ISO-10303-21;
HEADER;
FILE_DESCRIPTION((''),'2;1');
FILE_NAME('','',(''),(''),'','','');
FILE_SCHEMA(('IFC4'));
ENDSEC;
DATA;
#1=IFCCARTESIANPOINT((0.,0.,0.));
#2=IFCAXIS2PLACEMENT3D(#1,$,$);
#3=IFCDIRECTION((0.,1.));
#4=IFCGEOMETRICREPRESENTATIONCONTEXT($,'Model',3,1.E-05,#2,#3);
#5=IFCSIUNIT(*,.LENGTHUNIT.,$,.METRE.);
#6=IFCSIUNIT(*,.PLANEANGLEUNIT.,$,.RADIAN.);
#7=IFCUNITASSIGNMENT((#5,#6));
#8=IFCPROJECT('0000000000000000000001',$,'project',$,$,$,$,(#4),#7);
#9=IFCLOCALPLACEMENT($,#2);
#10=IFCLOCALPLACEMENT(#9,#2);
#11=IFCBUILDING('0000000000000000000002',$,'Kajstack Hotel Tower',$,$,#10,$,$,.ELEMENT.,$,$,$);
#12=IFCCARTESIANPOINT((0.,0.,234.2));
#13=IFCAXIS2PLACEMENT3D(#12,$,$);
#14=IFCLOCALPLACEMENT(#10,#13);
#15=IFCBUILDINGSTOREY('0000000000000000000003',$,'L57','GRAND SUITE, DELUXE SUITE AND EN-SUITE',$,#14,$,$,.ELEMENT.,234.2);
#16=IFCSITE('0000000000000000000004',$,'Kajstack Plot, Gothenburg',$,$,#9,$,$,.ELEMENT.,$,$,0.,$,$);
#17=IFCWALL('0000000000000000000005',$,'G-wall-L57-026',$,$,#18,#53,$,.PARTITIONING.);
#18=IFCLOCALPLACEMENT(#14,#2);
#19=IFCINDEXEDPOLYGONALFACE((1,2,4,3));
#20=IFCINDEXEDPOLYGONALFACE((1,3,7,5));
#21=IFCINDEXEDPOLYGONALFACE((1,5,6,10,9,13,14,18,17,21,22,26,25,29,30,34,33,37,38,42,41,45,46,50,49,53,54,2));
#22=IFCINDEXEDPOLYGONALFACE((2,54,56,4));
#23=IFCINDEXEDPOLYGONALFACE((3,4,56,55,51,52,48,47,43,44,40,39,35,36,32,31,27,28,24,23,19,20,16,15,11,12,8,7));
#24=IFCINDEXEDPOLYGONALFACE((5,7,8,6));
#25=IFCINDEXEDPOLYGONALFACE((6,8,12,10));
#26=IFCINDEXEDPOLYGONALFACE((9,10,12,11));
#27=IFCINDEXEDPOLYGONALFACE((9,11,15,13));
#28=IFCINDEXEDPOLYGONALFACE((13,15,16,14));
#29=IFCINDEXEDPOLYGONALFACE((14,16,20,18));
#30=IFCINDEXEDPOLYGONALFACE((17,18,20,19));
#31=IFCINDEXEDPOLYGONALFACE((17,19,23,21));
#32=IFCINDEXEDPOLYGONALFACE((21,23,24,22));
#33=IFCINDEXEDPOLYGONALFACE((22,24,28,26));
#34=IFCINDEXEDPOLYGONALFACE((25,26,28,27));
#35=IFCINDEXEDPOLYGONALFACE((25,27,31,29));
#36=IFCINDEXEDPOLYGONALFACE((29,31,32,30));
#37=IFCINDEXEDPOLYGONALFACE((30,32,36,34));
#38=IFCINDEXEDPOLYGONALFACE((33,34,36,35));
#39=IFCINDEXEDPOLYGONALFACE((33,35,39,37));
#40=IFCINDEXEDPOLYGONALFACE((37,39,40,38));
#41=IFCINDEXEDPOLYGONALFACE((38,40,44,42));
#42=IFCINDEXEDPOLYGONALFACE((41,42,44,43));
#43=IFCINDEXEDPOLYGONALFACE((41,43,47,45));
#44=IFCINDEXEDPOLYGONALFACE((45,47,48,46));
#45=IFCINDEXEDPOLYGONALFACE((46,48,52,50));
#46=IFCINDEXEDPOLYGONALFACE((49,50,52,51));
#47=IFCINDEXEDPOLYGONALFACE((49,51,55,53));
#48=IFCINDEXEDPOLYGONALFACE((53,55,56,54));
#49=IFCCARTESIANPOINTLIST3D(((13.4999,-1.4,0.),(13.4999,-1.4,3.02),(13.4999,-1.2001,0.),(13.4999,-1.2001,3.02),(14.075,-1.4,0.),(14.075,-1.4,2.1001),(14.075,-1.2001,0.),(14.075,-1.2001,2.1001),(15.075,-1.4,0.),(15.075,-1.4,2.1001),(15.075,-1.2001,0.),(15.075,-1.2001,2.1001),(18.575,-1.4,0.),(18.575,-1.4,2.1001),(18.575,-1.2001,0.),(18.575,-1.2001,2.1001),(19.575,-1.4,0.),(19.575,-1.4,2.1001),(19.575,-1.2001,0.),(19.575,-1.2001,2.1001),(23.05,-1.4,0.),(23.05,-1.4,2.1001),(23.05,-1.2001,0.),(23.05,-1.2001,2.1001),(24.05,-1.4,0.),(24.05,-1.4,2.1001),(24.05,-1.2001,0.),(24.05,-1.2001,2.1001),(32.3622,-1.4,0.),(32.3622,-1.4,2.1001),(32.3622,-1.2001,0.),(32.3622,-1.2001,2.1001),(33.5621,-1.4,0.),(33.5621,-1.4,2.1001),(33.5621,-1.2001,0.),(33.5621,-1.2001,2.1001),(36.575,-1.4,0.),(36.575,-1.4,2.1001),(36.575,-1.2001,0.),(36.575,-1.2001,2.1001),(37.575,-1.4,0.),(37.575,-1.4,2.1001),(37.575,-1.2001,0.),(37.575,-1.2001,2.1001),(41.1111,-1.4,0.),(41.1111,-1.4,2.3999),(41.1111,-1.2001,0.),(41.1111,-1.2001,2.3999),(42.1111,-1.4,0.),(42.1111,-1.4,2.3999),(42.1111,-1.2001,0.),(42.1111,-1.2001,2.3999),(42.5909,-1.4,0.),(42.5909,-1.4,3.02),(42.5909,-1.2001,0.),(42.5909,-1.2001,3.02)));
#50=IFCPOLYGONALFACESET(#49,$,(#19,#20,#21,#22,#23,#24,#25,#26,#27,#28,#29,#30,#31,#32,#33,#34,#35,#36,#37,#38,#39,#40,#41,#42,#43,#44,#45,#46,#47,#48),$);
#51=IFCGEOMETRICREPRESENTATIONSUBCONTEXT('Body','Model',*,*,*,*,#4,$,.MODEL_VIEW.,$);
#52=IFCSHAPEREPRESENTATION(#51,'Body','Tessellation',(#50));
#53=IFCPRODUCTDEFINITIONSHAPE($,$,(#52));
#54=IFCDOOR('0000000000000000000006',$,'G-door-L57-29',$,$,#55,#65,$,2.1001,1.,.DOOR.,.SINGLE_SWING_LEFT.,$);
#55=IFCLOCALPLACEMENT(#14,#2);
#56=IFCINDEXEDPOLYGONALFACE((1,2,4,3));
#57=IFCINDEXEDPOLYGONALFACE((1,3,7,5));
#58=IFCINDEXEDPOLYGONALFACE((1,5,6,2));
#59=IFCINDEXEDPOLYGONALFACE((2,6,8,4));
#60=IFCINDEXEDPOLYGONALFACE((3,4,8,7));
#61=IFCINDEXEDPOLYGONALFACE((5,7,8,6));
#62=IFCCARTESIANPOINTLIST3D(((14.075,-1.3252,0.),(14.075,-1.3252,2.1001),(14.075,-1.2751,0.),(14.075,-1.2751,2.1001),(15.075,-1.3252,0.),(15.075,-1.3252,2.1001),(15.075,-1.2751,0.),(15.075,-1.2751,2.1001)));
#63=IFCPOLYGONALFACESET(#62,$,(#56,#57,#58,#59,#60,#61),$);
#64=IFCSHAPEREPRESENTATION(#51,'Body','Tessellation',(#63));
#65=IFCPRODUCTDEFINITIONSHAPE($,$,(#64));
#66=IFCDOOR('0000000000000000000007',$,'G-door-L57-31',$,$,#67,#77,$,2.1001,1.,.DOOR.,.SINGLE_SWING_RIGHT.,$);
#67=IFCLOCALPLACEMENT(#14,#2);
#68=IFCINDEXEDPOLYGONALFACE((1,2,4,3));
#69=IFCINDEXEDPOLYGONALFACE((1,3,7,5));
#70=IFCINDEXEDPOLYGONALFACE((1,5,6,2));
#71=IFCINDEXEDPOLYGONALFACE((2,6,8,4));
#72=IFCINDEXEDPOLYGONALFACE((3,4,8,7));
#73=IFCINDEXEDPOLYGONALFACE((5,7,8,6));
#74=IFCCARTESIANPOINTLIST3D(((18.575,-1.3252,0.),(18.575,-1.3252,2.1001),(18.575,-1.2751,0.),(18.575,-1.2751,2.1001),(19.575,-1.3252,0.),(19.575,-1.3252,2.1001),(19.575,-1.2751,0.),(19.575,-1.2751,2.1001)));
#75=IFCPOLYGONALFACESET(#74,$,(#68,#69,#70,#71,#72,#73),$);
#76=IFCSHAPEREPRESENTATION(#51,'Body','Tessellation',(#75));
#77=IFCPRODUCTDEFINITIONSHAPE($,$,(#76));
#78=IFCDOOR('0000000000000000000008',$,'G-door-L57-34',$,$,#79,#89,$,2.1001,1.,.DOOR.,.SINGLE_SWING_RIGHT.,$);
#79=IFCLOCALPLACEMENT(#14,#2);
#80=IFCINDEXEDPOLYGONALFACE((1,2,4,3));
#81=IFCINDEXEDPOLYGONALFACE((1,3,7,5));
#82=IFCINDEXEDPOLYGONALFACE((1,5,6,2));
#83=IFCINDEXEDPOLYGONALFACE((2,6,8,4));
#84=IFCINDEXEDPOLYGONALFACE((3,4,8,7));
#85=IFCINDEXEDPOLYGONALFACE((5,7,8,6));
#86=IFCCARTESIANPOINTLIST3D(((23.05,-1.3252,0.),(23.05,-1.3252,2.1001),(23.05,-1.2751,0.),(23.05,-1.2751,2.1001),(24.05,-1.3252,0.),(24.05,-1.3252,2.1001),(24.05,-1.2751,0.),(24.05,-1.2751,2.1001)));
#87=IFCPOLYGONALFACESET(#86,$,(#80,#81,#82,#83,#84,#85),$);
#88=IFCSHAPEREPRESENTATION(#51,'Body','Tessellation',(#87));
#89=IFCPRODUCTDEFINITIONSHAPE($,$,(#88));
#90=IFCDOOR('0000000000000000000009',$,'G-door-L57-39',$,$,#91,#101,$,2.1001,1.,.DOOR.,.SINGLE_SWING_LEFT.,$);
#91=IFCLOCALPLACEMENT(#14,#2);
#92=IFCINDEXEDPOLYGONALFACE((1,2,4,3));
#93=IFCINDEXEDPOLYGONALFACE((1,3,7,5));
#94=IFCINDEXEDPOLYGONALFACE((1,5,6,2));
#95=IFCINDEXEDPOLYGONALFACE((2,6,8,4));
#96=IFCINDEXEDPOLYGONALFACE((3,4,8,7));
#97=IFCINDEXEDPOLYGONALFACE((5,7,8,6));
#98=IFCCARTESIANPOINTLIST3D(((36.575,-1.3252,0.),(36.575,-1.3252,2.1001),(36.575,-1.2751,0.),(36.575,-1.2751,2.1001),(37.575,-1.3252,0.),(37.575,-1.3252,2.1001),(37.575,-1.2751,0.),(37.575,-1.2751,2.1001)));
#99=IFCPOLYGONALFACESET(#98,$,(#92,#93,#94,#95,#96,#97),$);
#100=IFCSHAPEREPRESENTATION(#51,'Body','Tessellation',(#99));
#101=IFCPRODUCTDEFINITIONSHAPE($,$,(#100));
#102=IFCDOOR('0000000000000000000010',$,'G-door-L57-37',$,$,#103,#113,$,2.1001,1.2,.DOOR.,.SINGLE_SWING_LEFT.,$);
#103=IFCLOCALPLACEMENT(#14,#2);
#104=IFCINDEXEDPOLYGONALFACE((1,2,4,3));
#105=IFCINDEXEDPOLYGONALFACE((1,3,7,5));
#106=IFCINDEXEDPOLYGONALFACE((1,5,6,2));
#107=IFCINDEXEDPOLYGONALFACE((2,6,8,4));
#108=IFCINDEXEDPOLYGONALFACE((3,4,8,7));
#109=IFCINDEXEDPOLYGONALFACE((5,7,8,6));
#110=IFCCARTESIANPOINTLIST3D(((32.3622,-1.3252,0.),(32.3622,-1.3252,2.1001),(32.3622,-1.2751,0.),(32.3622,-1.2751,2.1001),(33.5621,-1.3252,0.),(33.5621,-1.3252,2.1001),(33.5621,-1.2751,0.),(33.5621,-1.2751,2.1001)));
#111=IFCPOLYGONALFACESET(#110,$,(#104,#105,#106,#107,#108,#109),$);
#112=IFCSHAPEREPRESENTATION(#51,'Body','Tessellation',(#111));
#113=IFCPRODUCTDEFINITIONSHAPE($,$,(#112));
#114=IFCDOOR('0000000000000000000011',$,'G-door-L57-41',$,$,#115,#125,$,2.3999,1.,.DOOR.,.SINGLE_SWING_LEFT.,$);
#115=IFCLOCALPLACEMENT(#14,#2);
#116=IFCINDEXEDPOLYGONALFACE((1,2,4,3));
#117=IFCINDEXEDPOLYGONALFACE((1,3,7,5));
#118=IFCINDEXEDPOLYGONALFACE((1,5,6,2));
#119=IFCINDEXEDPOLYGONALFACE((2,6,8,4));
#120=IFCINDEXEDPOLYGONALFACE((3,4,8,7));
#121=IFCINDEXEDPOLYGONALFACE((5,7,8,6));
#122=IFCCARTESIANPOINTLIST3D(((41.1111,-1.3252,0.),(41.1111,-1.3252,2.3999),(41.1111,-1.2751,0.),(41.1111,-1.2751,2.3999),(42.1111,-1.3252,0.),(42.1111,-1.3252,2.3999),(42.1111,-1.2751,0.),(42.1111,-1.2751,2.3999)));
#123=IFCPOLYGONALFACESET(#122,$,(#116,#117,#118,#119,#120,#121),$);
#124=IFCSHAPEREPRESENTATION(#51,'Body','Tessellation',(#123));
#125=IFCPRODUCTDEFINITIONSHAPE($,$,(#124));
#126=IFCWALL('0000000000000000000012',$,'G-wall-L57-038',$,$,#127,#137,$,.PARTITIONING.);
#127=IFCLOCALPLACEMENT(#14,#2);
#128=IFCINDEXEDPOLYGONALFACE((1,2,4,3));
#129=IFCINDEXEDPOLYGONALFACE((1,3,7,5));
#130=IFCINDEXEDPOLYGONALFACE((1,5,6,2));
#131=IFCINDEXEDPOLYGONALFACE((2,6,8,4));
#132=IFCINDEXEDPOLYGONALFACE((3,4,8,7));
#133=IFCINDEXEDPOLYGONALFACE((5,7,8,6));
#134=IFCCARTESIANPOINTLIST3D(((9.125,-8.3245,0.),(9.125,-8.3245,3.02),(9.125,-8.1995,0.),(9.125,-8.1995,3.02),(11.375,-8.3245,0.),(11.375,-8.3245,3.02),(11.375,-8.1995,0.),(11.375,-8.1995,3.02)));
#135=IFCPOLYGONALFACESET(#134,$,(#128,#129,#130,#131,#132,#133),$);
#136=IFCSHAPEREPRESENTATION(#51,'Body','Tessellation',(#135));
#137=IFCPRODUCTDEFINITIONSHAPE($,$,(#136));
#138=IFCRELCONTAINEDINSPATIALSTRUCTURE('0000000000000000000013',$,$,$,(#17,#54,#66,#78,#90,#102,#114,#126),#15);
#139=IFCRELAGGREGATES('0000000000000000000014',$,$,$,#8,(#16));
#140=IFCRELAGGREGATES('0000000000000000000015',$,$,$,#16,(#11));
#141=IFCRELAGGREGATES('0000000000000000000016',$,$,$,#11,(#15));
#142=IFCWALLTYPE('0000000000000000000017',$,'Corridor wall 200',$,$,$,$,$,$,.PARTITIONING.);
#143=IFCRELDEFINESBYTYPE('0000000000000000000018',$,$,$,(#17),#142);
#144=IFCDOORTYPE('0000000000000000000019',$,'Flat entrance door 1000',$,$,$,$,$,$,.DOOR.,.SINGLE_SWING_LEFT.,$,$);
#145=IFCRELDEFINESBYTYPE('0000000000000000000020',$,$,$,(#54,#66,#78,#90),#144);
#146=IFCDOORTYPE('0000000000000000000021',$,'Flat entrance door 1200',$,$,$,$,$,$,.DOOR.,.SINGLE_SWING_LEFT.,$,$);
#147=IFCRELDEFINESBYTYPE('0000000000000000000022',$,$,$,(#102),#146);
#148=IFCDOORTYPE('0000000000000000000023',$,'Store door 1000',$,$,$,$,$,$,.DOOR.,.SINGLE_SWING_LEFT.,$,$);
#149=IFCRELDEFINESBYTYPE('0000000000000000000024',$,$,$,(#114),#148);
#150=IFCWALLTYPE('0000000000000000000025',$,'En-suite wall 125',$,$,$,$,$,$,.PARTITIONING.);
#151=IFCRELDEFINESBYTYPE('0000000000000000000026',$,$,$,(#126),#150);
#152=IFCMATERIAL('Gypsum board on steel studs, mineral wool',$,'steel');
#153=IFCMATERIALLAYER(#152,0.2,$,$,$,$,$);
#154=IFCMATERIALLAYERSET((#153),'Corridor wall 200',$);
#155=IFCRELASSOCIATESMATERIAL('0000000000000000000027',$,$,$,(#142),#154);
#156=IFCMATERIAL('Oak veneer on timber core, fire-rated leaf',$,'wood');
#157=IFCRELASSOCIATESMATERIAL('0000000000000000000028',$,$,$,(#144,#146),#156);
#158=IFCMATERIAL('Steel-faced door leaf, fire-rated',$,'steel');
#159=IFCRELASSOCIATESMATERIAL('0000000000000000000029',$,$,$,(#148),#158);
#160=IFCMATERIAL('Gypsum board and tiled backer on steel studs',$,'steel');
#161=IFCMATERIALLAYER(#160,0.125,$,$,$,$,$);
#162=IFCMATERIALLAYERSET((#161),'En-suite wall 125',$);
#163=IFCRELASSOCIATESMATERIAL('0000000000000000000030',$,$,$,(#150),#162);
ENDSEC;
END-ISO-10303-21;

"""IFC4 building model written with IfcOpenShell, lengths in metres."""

from ifc_helpers import new_model, si_unit, direction, frame, frame_2d, origin, place, context, subcontext, project, spatial, rectangle, extrude, material, layer, layer_set, type_object, element, fill, save


model = new_model("IFC4")

# Units and contexts
model_context = context("Model", 3, precision=1e-05, world=origin(), true_north=direction((0.0, 1.0)))
body_context = subcontext(model_context, "Body", "Model", "MODEL_VIEW")
ifc_project = project(units=[si_unit("LENGTHUNIT", "METRE"), si_unit("PLANEANGLEUNIT", "RADIAN")], contexts=[model_context])

# Site, building, storey
site_placement = place(None, origin())
site = spatial("IfcSite", under=ifc_project, at=site_placement, Name="Kajstack Plot, Gothenburg", CompositionType="ELEMENT", RefElevation=0.0)
building_placement = place(site_placement, origin())
building = spatial("IfcBuilding", under=site, at=building_placement, Name="Kajstack Hotel Tower", CompositionType="ELEMENT")
storey_placement = place(building_placement, frame((0.0, 0.0, 234.2)))
storey = spatial("IfcBuildingStorey", under=building, at=storey_placement, Name="L57", Description="GRAND SUITE, DELUXE SUITE AND EN-SUITE", CompositionType="ELEMENT", Elevation=234.2)

# Wall, openings, doors
ifc_material_1 = material(Name="Gypsum board on steel studs, mineral wool", Category="steel")
ifc_layer_1 = layer(ifc_material_1, 0.2)
ifc_layer_set_1 = layer_set([ifc_layer_1], Name="Corridor wall 200")
wall_type_1 = type_object("IfcWallType", Name="Corridor wall 200", PredefinedType="PARTITIONING", material=ifc_layer_set_1)
wall_1_placement = place(storey_placement, frame((13.5, -1.3, 0.0), z_axis=(0.0, 0.0, 1.0), x_axis=(1.0, 0.0, 0.0)))
wall_1 = element("IfcWall", 1, at=wall_1_placement, inside=storey, type_object=wall_type_1, Name="G-wall-L57-026", PredefinedType="PARTITIONING", context=body_context, shape_type="SweptSolid", body=[
    extrude(rectangle(XDim=29.0911, YDim=0.2, at=frame_2d((14.5454, 0.0))), origin(), (0.0, 0.0, 1.0), 3.02),
])
opening_1_placement = place(wall_1_placement, frame((0.575, 0.0, 0.0)))
opening_1 = element("IfcOpeningElement", 2, at=opening_1_placement, cuts=wall_1, PredefinedType="OPENING", context=body_context, shape_type="SweptSolid", body=[
    extrude(rectangle(XDim=1.0, YDim=2.1001, at=frame_2d((0.5, 1.05))), frame((0.0, 0.1099, 0.0), z_axis=(0.0, -1.0, 0.0), x_axis=(1.0, 0.0, 0.0)), (0.0, 0.0, 1.0), 0.22),
])
opening_2_placement = place(wall_1_placement, frame((5.075, 0.0, 0.0)))
opening_2 = element("IfcOpeningElement", 3, at=opening_2_placement, cuts=wall_1, PredefinedType="OPENING", context=body_context, shape_type="SweptSolid", body=[
    extrude(rectangle(XDim=1.0, YDim=2.1001, at=frame_2d((0.5, 1.05))), frame((0.0, 0.1099, 0.0), z_axis=(0.0, -1.0, 0.0), x_axis=(1.0, 0.0, 0.0)), (0.0, 0.0, 1.0), 0.22),
])
opening_3_placement = place(wall_1_placement, frame((9.55, 0.0, 0.0)))
opening_3 = element("IfcOpeningElement", 4, at=opening_3_placement, cuts=wall_1, PredefinedType="OPENING", context=body_context, shape_type="SweptSolid", body=[
    extrude(rectangle(XDim=1.0, YDim=2.1001, at=frame_2d((0.5, 1.05))), frame((0.0, 0.1099, 0.0), z_axis=(0.0, -1.0, 0.0), x_axis=(1.0, 0.0, 0.0)), (0.0, 0.0, 1.0), 0.22),
])
opening_4_placement = place(wall_1_placement, frame((18.8621, 0.0, 0.0)))
opening_4 = element("IfcOpeningElement", 5, at=opening_4_placement, cuts=wall_1, PredefinedType="OPENING", context=body_context, shape_type="SweptSolid", body=[
    extrude(rectangle(XDim=1.2, YDim=2.1001, at=frame_2d((0.6001, 1.05))), frame((0.0, 0.1099, 0.0), z_axis=(0.0, -1.0, 0.0), x_axis=(1.0, 0.0, 0.0)), (0.0, 0.0, 1.0), 0.22),
])
opening_5_placement = place(wall_1_placement, frame((23.075, 0.0, 0.0)))
opening_5 = element("IfcOpeningElement", 6, at=opening_5_placement, cuts=wall_1, PredefinedType="OPENING", context=body_context, shape_type="SweptSolid", body=[
    extrude(rectangle(XDim=1.0, YDim=2.1001, at=frame_2d((0.5, 1.05))), frame((0.0, 0.1099, 0.0), z_axis=(0.0, -1.0, 0.0), x_axis=(1.0, 0.0, 0.0)), (0.0, 0.0, 1.0), 0.22),
])
opening_6_placement = place(wall_1_placement, frame((27.6111, 0.0, 0.0)))
opening_6 = element("IfcOpeningElement", 7, at=opening_6_placement, cuts=wall_1, PredefinedType="OPENING", context=body_context, shape_type="SweptSolid", body=[
    extrude(rectangle(XDim=1.0, YDim=2.3999, at=frame_2d((0.5, 1.2))), frame((0.0, 0.1099, 0.0), z_axis=(0.0, -1.0, 0.0), x_axis=(1.0, 0.0, 0.0)), (0.0, 0.0, 1.0), 0.22),
])
ifc_material_2 = material(Name="Oak veneer on timber core, fire-rated leaf", Category="wood")
door_type_1 = type_object("IfcDoorType", Name="Flat entrance door 1000", OperationType="SINGLE_SWING_LEFT", PredefinedType="DOOR", material=ifc_material_2)
door_1_placement = place(opening_1_placement, origin())
door_1 = element("IfcDoor", 8, at=door_1_placement, inside=storey, type_object=door_type_1, Name="G-door-L57-29", OperationType="SINGLE_SWING_LEFT", OverallHeight=2.1001, OverallWidth=1.0, PredefinedType="DOOR", context=body_context, shape_type="SweptSolid", body=[
    extrude(rectangle(XDim=1.0, YDim=2.1001, at=frame_2d((0.5, 1.05))), frame((0.0, 0.0249, 0.0), z_axis=(0.0, -1.0, 0.0), x_axis=(1.0, 0.0, 0.0)), (0.0, 0.0, 1.0), 0.05),
])
fill(opening_1, door_1)
door_2_placement = place(opening_2_placement, origin())
door_2 = element("IfcDoor", 9, at=door_2_placement, inside=storey, type_object=door_type_1, Name="G-door-L57-31", OperationType="SINGLE_SWING_RIGHT", OverallHeight=2.1001, OverallWidth=1.0, PredefinedType="DOOR", context=body_context, shape_type="SweptSolid", body=[
    extrude(rectangle(XDim=1.0, YDim=2.1001, at=frame_2d((0.5, 1.05))), frame((0.0, 0.0249, 0.0), z_axis=(0.0, -1.0, 0.0), x_axis=(1.0, 0.0, 0.0)), (0.0, 0.0, 1.0), 0.05),
])
fill(opening_2, door_2)
door_3_placement = place(opening_3_placement, origin())
door_3 = element("IfcDoor", 10, at=door_3_placement, inside=storey, type_object=door_type_1, Name="G-door-L57-34", OperationType="SINGLE_SWING_RIGHT", OverallHeight=2.1001, OverallWidth=1.0, PredefinedType="DOOR", context=body_context, shape_type="SweptSolid", body=[
    extrude(rectangle(XDim=1.0, YDim=2.1001, at=frame_2d((0.5, 1.05))), frame((0.0, 0.0249, 0.0), z_axis=(0.0, -1.0, 0.0), x_axis=(1.0, 0.0, 0.0)), (0.0, 0.0, 1.0), 0.05),
])
fill(opening_3, door_3)
door_4_placement = place(opening_5_placement, origin())
door_4 = element("IfcDoor", 11, at=door_4_placement, inside=storey, type_object=door_type_1, Name="G-door-L57-39", OperationType="SINGLE_SWING_LEFT", OverallHeight=2.1001, OverallWidth=1.0, PredefinedType="DOOR", context=body_context, shape_type="SweptSolid", body=[
    extrude(rectangle(XDim=1.0, YDim=2.1001, at=frame_2d((0.5, 1.05))), frame((0.0, 0.0249, 0.0), z_axis=(0.0, -1.0, 0.0), x_axis=(1.0, 0.0, 0.0)), (0.0, 0.0, 1.0), 0.05),
])
fill(opening_5, door_4)
door_type_2 = type_object("IfcDoorType", Name="Flat entrance door 1200", OperationType="SINGLE_SWING_LEFT", PredefinedType="DOOR", material=ifc_material_2)
door_5_placement = place(opening_4_placement, origin())
door_5 = element("IfcDoor", 12, at=door_5_placement, inside=storey, type_object=door_type_2, Name="G-door-L57-37", OperationType="SINGLE_SWING_LEFT", OverallHeight=2.1001, OverallWidth=1.2, PredefinedType="DOOR", context=body_context, shape_type="SweptSolid", body=[
    extrude(rectangle(XDim=1.2, YDim=2.1001, at=frame_2d((0.6001, 1.05))), frame((0.0, 0.0249, 0.0), z_axis=(0.0, -1.0, 0.0), x_axis=(1.0, 0.0, 0.0)), (0.0, 0.0, 1.0), 0.05),
])
fill(opening_4, door_5)
ifc_material_3 = material(Name="Steel-faced door leaf, fire-rated", Category="steel")
door_type_3 = type_object("IfcDoorType", Name="Store door 1000", OperationType="SINGLE_SWING_LEFT", PredefinedType="DOOR", material=ifc_material_3)
door_6_placement = place(opening_6_placement, origin())
door_6 = element("IfcDoor", 13, at=door_6_placement, inside=storey, type_object=door_type_3, Name="G-door-L57-41", OperationType="SINGLE_SWING_LEFT", OverallHeight=2.3999, OverallWidth=1.0, PredefinedType="DOOR", context=body_context, shape_type="SweptSolid", body=[
    extrude(rectangle(XDim=1.0, YDim=2.3999, at=frame_2d((0.5, 1.2))), frame((0.0, 0.0249, 0.0), z_axis=(0.0, -1.0, 0.0), x_axis=(1.0, 0.0, 0.0)), (0.0, 0.0, 1.0), 0.05),
])
fill(opening_6, door_6)

# Wall
ifc_material_4 = material(Name="Gypsum board and tiled backer on steel studs", Category="steel")
ifc_layer_2 = layer(ifc_material_4, 0.125)
ifc_layer_set_2 = layer_set([ifc_layer_2], Name="En-suite wall 125")
wall_type_2 = type_object("IfcWallType", Name="En-suite wall 125", PredefinedType="PARTITIONING", material=ifc_layer_set_2)
wall_2_placement = place(storey_placement, frame((9.125, -8.262, 0.0), z_axis=(0.0, 0.0, 1.0), x_axis=(1.0, 0.0, 0.0)))
element("IfcWall", 14, at=wall_2_placement, inside=storey, type_object=wall_type_2, Name="G-wall-L57-038", PredefinedType="PARTITIONING", context=body_context, shape_type="SweptSolid", body=[
    extrude(rectangle(XDim=2.25, YDim=0.125, at=frame_2d((1.125, 0.0))), origin(), (0.0, 0.0, 1.0), 3.02),
])

save(model, "model.ifc")
